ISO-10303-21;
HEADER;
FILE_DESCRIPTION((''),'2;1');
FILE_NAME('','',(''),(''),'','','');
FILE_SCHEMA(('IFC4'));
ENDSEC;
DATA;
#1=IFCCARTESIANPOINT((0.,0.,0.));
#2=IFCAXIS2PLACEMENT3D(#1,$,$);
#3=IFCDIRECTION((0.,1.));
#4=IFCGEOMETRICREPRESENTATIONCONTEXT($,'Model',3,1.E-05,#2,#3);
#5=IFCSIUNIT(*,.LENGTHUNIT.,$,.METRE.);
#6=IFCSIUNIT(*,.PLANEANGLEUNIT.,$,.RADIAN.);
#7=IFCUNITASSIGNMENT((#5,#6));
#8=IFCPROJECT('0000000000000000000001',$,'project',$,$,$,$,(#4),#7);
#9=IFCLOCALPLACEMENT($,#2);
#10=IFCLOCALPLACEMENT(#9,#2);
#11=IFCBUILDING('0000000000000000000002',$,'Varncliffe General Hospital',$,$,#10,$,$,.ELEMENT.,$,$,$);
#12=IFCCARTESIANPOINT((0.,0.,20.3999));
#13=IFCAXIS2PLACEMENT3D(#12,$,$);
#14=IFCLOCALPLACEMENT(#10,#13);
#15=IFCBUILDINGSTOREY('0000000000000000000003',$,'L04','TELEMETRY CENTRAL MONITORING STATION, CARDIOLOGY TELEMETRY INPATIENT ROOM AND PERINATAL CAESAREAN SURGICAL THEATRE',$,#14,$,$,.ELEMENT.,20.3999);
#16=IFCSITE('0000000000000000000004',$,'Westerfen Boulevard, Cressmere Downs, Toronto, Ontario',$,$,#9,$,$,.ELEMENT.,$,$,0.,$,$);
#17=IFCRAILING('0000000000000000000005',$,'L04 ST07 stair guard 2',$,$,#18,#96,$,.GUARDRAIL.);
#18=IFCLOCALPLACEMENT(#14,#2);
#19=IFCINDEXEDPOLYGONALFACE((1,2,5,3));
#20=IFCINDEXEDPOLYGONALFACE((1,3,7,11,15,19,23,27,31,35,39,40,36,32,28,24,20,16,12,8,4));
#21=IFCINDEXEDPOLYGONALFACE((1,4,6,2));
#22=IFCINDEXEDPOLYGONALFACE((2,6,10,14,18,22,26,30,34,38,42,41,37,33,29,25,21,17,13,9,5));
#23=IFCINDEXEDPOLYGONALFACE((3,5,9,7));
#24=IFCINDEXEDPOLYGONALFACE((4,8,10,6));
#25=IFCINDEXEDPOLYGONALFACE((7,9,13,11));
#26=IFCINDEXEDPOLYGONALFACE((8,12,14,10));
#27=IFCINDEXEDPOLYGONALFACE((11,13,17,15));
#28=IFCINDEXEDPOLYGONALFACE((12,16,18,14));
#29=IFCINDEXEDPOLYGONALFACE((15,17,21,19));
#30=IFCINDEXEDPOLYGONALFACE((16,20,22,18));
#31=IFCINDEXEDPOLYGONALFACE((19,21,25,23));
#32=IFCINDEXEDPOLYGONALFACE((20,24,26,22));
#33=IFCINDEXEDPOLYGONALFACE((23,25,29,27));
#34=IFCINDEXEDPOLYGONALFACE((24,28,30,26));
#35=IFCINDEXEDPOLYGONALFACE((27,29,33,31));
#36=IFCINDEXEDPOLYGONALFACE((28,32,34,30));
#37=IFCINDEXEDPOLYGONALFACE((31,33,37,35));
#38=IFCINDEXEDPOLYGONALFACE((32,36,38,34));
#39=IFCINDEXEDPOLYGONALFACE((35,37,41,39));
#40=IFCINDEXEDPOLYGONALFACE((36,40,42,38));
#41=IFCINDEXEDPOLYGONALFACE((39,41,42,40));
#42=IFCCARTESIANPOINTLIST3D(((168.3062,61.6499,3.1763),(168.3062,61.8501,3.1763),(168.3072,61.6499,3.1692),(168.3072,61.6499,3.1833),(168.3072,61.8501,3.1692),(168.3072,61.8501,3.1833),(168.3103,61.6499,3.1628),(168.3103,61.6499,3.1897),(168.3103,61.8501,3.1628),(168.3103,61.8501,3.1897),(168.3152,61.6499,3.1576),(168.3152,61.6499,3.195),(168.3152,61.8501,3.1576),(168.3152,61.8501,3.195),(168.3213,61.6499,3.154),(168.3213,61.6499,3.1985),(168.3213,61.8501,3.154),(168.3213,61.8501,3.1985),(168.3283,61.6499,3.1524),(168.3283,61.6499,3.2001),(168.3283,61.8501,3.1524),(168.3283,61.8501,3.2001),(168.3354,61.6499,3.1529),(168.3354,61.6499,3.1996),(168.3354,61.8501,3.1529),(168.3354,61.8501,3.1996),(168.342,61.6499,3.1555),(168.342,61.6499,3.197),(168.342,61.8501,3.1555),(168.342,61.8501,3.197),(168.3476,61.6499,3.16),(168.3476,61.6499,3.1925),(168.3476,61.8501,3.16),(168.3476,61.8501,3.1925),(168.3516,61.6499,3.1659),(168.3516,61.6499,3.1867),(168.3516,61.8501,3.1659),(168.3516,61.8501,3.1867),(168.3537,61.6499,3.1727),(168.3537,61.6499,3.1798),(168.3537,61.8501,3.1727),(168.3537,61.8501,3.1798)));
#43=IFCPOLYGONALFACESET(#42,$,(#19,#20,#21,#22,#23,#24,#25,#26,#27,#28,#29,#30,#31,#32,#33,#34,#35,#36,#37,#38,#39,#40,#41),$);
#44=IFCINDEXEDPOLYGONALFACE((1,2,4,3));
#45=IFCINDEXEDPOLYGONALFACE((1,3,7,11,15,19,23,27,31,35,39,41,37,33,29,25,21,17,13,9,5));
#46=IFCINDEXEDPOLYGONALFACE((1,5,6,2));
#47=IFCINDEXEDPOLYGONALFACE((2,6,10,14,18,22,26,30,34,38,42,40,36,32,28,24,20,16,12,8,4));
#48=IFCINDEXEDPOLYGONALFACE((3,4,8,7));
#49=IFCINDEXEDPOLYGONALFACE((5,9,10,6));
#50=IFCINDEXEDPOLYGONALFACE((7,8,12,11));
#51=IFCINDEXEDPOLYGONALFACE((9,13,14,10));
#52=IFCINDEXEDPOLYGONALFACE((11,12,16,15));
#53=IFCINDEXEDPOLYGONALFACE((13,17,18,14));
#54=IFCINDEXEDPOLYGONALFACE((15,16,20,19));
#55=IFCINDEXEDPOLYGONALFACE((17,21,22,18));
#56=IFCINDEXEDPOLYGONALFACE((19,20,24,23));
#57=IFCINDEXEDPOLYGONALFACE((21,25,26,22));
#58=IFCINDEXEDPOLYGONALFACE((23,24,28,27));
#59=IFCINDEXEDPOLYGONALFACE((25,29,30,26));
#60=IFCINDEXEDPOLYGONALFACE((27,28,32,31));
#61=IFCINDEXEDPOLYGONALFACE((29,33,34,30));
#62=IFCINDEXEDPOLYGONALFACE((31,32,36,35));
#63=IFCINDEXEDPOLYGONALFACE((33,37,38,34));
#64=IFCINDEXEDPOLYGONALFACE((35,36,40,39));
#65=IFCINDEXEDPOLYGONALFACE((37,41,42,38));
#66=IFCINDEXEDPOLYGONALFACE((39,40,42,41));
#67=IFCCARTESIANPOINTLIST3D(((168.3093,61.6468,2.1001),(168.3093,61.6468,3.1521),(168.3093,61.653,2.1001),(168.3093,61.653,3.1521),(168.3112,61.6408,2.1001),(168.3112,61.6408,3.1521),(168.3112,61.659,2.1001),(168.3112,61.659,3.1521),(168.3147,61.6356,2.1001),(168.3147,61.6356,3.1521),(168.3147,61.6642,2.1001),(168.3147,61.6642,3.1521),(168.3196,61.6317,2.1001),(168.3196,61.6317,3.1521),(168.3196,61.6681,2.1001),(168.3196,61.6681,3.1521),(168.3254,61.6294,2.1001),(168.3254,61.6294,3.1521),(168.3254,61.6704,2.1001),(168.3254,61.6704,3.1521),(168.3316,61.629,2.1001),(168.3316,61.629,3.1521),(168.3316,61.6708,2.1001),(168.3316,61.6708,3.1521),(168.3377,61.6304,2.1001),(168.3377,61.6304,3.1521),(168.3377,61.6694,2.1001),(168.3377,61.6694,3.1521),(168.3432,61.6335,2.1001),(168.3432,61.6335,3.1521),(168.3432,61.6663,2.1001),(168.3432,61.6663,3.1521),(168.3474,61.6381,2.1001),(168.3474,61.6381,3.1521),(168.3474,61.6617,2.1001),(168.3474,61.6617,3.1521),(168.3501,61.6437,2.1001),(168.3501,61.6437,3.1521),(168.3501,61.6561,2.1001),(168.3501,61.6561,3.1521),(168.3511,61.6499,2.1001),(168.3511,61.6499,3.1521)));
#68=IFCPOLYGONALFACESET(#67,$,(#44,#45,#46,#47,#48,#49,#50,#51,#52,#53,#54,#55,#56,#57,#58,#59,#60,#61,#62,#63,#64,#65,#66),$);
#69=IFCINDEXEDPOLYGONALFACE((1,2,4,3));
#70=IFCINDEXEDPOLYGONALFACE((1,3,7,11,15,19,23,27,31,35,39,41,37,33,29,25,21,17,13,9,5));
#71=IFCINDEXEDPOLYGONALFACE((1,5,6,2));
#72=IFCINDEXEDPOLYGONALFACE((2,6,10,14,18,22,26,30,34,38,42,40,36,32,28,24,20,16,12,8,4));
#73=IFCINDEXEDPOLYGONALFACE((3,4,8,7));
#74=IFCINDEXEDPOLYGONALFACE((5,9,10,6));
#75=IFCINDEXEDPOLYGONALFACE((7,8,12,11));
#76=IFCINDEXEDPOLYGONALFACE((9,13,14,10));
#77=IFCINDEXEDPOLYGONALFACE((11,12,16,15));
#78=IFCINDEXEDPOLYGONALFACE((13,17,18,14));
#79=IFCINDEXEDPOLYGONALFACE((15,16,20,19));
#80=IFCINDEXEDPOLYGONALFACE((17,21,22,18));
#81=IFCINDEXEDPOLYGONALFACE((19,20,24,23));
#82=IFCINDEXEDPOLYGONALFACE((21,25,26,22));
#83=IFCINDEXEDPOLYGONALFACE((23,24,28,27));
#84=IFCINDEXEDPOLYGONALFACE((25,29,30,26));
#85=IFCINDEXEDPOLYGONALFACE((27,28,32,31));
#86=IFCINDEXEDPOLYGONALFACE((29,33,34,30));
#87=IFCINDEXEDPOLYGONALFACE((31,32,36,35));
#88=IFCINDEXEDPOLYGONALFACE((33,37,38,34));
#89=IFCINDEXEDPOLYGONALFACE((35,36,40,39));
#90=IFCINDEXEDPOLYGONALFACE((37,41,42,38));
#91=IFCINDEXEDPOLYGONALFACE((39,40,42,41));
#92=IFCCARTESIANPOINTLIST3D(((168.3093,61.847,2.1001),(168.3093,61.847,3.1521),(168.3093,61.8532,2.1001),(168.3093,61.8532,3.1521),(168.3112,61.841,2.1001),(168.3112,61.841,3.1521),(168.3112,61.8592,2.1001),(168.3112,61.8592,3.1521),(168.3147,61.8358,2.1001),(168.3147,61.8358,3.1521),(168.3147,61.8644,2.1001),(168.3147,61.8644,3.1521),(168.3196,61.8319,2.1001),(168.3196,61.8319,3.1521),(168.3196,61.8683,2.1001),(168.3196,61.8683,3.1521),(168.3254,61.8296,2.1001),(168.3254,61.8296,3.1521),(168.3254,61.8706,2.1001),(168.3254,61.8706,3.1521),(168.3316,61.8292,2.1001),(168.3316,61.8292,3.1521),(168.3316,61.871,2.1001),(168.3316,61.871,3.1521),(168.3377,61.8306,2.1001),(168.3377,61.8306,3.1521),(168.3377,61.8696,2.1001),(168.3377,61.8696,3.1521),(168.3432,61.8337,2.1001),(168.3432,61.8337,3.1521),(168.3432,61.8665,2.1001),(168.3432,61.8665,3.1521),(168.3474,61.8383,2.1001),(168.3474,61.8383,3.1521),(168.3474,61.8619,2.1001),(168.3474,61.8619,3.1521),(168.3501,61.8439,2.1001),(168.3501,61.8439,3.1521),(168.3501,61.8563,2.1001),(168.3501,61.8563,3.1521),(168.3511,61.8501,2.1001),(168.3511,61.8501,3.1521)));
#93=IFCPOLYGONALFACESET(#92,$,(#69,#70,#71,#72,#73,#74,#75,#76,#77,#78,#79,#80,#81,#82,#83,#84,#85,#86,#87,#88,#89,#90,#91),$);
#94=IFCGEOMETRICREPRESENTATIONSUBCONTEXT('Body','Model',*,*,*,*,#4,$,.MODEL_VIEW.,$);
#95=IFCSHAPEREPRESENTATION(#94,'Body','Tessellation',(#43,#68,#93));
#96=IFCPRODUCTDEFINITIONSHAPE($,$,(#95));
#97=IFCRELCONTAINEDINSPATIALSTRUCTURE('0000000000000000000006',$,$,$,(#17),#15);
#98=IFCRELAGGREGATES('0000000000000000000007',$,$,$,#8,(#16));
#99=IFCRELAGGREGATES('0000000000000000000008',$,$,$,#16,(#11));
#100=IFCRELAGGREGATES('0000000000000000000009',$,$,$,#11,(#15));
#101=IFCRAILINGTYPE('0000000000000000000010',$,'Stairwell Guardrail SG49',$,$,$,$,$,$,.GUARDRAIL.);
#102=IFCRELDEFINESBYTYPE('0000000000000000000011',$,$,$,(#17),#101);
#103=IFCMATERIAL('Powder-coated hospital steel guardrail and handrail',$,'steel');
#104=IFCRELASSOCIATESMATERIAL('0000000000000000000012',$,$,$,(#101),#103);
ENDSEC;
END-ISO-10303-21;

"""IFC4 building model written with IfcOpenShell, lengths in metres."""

from ifc_helpers import new_model, si_unit, direction, frame, origin, origin_2d, place, context, subcontext, project, spatial, circle, extrude, material, type_object, element, save


model = new_model("IFC4")

# Units and contexts
model_context = context("Model", 3, precision=1e-05, world=origin(), true_north=direction((0.0, 1.0)))
body_context = subcontext(model_context, "Body", "Model", "MODEL_VIEW")
ifc_project = project(units=[si_unit("LENGTHUNIT", "METRE"), si_unit("PLANEANGLEUNIT", "RADIAN")], contexts=[model_context])

# Site, building, storey
site_placement = place(None, origin())
site = spatial("IfcSite", under=ifc_project, at=site_placement, Name="Westerfen Boulevard, Cressmere Downs, Toronto, Ontario", CompositionType="ELEMENT", RefElevation=0.0)
building_placement = place(site_placement, origin())
building = spatial("IfcBuilding", under=site, at=building_placement, Name="Varncliffe General Hospital", CompositionType="ELEMENT")
storey_placement = place(building_placement, frame((0.0, 0.0, 20.3999)))
storey = spatial("IfcBuildingStorey", under=building, at=storey_placement, Name="L04", Description="TELEMETRY CENTRAL MONITORING STATION, CARDIOLOGY TELEMETRY INPATIENT ROOM AND PERINATAL CAESAREAN SURGICAL THEATRE", CompositionType="ELEMENT", Elevation=20.3999)

# Railing
ifc_material_1 = material(Name="Powder-coated hospital steel guardrail and handrail", Category="steel")
railing_type_1 = type_object("IfcRailingType", Name="Stairwell Guardrail SG49", PredefinedType="GUARDRAIL", material=ifc_material_1)
railing_1_placement = place(storey_placement, frame((168.3301, 61.6499, 2.1001)))
element("IfcRailing", 1, at=railing_1_placement, inside=storey, type_object=railing_type_1, Name="L04 ST07 stair guard 2", PredefinedType="GUARDRAIL", context=body_context, shape_type="SweptSolid", body=[
    extrude(circle(Radius=0.0239, at=origin_2d()), frame((0.0, 0.0, 1.0762), z_axis=(0.0, 1.0, 0.0), x_axis=(-1.0, 0.0, 0.0)), (0.0, 0.0, 1.0), 0.2002),
    extrude(circle(Radius=0.021, at=origin_2d()), origin(), (0.0, 0.0, 1.0), 1.052),
    extrude(circle(Radius=0.021, at=origin_2d()), frame((0.0, 0.2002, 0.0)), (0.0, 0.0, 1.0), 1.052),
])

save(model, "model.ifc")
